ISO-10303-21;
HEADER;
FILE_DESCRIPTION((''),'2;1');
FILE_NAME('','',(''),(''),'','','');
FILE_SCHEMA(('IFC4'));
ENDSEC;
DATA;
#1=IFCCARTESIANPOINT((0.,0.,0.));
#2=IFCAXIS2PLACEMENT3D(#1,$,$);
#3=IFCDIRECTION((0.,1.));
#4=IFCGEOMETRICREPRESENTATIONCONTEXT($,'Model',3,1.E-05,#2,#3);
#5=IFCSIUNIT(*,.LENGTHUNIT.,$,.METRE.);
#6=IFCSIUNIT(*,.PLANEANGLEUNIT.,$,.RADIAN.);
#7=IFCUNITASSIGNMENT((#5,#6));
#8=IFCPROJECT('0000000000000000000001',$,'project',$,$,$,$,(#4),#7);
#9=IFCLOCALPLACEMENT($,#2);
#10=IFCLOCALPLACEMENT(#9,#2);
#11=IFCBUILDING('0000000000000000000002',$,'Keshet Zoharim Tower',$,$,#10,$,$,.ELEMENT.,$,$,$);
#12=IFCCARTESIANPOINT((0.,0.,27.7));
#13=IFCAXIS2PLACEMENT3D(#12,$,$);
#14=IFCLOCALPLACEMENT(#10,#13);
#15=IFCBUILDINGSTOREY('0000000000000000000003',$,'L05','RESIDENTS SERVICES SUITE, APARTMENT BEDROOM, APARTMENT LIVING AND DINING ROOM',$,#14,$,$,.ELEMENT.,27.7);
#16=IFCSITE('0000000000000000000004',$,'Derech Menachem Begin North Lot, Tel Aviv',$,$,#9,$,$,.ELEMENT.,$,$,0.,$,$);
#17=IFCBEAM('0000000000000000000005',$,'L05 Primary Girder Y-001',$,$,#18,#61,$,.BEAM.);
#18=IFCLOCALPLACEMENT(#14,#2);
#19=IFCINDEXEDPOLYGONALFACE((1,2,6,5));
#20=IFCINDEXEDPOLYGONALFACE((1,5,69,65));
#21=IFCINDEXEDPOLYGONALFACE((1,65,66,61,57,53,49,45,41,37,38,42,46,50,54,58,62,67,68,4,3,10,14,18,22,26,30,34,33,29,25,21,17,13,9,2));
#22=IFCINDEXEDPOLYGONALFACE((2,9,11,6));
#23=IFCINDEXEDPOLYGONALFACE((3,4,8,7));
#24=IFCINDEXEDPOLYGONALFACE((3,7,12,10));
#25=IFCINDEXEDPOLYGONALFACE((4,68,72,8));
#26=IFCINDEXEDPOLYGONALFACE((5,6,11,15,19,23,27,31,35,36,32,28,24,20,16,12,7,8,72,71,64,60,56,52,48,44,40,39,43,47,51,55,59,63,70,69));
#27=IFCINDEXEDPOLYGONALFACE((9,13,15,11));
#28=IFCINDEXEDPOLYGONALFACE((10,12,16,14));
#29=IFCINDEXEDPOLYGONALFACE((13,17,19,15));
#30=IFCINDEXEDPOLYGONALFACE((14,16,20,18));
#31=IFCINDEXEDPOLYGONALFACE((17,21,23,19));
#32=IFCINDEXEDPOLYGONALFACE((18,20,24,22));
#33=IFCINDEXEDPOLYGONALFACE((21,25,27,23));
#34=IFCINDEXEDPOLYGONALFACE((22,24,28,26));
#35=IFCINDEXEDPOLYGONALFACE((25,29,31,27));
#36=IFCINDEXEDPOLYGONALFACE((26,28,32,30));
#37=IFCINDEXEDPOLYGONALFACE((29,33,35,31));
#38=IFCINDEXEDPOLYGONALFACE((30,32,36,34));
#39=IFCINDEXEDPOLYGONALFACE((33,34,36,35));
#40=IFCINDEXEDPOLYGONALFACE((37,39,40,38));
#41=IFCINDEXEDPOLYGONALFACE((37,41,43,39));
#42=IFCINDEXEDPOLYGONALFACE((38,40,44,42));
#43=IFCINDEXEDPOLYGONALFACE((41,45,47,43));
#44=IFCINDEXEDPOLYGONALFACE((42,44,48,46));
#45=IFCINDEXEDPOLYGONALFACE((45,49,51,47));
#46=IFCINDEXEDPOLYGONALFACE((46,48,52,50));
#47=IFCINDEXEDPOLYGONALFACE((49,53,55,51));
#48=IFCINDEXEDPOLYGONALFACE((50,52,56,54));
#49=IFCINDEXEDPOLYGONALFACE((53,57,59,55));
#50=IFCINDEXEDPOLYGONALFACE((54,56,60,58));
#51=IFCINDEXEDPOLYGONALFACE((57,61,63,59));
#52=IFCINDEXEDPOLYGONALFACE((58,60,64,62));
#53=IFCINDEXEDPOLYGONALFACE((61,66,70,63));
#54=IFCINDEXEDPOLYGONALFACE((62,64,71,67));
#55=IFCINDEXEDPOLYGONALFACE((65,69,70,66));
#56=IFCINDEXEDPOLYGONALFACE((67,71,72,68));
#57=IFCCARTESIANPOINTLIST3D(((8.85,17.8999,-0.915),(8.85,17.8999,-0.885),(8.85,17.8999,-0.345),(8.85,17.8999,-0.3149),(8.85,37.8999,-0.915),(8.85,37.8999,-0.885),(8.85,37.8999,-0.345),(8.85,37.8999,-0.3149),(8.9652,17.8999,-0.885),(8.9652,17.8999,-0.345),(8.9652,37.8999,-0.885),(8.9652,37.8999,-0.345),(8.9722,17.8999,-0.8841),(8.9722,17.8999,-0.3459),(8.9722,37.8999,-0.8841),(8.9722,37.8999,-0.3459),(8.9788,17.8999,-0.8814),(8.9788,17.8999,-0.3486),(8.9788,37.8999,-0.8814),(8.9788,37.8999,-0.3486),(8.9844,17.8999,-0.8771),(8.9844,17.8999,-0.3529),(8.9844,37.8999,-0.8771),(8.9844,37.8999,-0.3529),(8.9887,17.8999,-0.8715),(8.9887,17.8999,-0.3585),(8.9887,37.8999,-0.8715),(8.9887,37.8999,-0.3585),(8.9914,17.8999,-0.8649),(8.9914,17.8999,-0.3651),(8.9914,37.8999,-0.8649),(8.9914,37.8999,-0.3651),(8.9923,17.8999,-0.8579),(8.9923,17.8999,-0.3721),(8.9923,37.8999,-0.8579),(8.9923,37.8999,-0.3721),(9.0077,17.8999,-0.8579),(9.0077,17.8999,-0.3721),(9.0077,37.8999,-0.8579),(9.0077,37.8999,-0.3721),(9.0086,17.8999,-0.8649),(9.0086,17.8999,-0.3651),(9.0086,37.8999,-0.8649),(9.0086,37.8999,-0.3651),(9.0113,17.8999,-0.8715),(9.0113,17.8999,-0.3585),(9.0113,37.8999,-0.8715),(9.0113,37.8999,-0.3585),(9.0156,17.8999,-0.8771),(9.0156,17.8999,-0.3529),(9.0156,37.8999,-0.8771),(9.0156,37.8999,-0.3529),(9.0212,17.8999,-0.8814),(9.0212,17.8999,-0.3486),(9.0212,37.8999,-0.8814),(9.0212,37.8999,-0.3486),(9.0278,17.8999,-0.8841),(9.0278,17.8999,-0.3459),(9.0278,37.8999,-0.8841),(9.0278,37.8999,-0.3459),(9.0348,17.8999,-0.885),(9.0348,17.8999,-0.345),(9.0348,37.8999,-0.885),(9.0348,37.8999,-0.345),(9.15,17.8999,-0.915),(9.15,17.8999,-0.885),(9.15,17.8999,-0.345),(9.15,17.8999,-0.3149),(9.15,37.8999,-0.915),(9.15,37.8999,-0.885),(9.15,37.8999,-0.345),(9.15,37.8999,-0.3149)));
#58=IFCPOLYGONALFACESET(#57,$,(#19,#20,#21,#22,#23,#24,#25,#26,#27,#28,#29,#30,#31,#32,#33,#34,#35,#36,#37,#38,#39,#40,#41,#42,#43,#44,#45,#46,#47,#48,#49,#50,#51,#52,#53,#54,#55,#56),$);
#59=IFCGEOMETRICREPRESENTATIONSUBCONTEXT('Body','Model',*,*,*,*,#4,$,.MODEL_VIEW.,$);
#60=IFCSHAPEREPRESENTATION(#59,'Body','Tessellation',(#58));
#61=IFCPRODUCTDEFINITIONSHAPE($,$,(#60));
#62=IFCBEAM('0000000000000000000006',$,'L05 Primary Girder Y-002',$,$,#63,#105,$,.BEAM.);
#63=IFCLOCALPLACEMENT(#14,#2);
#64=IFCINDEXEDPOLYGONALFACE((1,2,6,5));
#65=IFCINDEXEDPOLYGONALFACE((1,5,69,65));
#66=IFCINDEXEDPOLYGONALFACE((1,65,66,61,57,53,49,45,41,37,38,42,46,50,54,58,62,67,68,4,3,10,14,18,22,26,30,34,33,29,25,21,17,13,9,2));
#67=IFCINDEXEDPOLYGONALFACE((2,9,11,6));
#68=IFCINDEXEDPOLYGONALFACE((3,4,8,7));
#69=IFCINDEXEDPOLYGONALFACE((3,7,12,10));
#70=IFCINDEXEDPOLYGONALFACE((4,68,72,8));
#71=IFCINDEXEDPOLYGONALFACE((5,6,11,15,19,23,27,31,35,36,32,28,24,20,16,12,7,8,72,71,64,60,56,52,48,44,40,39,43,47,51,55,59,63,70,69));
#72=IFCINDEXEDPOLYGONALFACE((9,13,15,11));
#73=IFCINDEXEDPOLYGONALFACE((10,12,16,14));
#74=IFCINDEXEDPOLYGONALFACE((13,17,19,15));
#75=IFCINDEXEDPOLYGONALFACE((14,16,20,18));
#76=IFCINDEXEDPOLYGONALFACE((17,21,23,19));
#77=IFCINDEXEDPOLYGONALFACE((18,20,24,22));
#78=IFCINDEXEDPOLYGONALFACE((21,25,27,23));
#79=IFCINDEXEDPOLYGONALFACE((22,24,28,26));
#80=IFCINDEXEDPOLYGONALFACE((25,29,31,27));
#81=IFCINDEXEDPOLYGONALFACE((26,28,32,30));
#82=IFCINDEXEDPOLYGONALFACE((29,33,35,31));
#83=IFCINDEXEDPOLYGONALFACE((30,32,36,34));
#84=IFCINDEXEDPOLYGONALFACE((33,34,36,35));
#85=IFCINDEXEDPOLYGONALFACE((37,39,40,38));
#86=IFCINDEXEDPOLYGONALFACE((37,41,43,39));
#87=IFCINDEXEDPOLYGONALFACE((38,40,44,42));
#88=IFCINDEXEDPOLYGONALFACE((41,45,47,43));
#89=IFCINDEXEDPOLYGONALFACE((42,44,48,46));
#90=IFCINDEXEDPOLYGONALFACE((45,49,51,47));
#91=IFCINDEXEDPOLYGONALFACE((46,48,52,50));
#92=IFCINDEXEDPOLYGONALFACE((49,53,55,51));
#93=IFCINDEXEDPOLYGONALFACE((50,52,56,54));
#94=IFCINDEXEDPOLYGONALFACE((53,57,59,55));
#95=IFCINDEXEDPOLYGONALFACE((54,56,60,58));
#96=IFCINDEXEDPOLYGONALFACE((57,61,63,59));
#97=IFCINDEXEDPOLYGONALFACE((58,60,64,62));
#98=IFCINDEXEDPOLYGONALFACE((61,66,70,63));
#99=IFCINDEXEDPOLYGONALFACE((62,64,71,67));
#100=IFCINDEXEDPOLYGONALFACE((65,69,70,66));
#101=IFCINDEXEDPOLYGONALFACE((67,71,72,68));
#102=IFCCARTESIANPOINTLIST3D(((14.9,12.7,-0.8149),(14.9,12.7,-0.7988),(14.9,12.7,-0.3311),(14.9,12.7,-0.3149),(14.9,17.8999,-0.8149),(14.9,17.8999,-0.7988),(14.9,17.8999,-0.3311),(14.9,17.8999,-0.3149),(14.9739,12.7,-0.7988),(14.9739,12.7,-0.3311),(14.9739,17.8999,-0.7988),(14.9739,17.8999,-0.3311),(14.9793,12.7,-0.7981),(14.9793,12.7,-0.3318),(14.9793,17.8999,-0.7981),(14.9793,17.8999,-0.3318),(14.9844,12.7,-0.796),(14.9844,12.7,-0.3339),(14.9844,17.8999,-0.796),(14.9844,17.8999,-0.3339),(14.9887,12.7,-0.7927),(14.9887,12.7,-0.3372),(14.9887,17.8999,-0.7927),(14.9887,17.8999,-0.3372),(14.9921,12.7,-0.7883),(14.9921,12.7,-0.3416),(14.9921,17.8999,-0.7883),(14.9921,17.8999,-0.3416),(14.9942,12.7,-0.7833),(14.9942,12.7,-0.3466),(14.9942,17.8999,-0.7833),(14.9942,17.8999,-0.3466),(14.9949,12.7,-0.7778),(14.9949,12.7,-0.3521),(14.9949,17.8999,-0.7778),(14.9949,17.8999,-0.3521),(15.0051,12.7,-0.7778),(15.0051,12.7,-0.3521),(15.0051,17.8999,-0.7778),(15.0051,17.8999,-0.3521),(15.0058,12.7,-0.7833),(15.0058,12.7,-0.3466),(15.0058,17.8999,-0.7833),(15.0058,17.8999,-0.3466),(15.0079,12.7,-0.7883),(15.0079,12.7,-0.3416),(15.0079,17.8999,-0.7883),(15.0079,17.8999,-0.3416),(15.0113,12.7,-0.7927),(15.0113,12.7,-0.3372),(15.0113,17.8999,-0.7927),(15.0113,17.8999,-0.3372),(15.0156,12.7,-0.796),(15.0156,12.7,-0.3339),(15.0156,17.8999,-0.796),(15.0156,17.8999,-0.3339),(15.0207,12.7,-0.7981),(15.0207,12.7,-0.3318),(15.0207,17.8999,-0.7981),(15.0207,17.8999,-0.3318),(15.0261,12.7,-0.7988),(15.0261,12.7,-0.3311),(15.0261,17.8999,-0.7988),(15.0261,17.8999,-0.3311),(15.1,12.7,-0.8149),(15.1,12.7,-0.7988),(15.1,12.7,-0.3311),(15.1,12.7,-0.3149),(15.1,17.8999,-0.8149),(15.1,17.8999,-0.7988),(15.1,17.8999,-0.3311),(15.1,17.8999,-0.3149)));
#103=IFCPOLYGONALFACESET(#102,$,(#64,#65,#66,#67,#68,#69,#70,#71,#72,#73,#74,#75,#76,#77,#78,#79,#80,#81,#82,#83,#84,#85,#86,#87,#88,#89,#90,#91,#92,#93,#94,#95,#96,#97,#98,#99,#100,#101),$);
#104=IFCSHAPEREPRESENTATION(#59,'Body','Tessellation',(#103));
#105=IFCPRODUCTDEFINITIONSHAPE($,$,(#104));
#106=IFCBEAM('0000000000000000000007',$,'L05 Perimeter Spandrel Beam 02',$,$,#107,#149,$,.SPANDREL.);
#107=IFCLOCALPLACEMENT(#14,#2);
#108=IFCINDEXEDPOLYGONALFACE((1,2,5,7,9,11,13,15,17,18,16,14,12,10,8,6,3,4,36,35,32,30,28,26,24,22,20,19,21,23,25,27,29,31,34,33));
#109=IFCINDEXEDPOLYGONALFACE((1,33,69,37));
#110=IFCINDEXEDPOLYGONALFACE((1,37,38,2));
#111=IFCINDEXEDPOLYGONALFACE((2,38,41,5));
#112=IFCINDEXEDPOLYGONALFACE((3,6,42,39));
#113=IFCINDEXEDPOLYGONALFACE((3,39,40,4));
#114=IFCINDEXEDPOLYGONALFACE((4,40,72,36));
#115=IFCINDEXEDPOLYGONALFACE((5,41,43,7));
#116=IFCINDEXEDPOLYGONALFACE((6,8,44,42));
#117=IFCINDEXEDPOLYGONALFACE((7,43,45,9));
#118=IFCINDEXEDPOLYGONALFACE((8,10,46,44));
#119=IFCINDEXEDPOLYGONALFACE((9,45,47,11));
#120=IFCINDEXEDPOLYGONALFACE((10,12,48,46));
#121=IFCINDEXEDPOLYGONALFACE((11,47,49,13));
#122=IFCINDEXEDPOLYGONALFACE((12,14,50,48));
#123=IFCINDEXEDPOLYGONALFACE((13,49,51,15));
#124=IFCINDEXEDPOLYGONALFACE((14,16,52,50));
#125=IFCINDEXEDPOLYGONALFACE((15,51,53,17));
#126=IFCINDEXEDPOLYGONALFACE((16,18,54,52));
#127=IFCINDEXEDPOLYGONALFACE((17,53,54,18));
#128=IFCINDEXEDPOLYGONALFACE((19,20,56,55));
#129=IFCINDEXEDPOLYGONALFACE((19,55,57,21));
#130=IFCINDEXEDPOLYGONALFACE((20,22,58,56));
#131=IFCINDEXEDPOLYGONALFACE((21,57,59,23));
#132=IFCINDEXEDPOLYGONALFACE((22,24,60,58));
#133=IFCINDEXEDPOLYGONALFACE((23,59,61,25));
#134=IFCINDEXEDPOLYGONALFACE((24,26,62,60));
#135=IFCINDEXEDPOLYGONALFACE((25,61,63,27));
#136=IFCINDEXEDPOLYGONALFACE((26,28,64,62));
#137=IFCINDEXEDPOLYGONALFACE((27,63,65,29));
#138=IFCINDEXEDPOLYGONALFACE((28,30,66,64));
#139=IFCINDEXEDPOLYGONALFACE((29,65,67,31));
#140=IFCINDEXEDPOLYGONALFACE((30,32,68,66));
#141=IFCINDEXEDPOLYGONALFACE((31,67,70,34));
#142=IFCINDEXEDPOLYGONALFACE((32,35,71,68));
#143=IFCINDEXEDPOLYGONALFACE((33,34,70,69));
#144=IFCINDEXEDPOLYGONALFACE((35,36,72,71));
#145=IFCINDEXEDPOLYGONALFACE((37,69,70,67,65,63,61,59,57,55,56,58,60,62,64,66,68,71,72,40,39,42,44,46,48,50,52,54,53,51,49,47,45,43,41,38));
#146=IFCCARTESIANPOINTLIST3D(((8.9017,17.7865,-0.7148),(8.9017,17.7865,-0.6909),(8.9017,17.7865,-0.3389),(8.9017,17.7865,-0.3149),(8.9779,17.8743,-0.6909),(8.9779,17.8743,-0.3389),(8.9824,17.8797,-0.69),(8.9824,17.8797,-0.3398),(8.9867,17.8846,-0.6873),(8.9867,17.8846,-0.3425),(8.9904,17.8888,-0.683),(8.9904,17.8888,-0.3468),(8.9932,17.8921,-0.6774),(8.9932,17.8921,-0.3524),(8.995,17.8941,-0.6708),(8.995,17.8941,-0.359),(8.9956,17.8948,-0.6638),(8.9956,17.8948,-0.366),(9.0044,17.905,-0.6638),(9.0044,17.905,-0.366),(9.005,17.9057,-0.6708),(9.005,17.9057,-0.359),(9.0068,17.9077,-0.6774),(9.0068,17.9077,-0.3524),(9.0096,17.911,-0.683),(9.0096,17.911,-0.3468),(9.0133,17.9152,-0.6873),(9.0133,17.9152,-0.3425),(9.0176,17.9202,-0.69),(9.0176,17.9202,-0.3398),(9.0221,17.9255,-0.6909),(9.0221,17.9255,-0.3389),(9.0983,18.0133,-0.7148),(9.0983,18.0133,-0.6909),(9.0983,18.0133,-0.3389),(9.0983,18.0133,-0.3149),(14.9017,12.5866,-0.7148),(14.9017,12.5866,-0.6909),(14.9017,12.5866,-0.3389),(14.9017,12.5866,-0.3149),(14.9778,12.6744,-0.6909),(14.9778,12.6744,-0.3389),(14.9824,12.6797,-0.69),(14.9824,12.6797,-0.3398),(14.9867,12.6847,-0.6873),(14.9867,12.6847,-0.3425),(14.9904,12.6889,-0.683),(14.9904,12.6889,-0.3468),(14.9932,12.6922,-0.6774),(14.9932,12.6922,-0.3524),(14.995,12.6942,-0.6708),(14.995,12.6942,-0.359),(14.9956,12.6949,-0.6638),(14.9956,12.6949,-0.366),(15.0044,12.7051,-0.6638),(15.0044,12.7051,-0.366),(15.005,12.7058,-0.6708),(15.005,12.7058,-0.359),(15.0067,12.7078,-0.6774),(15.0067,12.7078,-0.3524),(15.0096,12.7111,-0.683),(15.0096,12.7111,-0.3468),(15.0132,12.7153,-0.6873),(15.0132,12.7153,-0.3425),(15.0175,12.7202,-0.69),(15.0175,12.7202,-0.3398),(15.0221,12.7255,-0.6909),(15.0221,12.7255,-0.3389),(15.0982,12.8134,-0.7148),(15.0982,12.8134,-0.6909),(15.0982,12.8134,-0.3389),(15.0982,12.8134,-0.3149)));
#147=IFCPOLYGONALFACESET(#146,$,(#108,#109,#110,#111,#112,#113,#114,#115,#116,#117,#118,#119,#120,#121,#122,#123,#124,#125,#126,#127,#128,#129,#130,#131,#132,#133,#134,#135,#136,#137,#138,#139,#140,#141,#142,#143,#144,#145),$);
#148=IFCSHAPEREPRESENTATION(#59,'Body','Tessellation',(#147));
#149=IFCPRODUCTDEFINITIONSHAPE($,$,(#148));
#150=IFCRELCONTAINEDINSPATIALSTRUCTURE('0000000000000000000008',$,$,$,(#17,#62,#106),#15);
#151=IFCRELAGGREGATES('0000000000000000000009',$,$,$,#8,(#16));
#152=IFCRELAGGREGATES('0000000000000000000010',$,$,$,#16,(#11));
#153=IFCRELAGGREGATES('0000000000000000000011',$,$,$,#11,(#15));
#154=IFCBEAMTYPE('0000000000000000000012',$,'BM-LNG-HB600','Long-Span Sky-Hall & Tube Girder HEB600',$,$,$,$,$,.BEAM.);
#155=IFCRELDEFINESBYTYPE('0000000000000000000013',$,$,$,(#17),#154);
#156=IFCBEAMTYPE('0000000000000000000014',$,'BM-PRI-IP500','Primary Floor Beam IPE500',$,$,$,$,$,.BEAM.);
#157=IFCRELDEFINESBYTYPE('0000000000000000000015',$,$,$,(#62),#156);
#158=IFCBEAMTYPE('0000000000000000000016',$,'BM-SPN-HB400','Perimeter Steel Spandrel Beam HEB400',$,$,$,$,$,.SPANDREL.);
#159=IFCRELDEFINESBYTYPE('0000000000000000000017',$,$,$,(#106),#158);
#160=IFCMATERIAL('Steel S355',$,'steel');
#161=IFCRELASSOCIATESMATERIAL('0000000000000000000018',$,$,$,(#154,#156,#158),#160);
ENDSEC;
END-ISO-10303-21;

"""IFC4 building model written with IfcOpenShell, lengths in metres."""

from ifc_helpers import new_model, si_unit, direction, frame, origin, origin_2d, place, context, subcontext, project, spatial, i_section, extrude, material, material_profile, profile_set, type_object, element, save


model = new_model("IFC4")

# Units and contexts
model_context = context("Model", 3, precision=1e-05, world=origin(), true_north=direction((0.0, 1.0)))
body_context = subcontext(model_context, "Body", "Model", "MODEL_VIEW")
ifc_project = project(units=[si_unit("LENGTHUNIT", "METRE"), si_unit("PLANEANGLEUNIT", "RADIAN")], contexts=[model_context])

# Site, building, storey
site_placement = place(None, origin())
site = spatial("IfcSite", under=ifc_project, at=site_placement, Name="Derech Menachem Begin North Lot, Tel Aviv", CompositionType="ELEMENT", RefElevation=0.0)
building_placement = place(site_placement, origin())
building = spatial("IfcBuilding", under=site, at=building_placement, Name="Keshet Zoharim Tower", CompositionType="ELEMENT")
storey_placement = place(building_placement, frame((0.0, 0.0, 27.7)))
storey = spatial("IfcBuildingStorey", under=building, at=storey_placement, Name="L05", Description="RESIDENTS SERVICES SUITE, APARTMENT BEDROOM, APARTMENT LIVING AND DINING ROOM", CompositionType="ELEMENT", Elevation=27.7)

# Shared definitions
ifc_material_1 = material(Name="Steel S355", Category="steel")

# Beams
ifc_material_profile_1 = material_profile(ifc_material_1, i_section(OverallWidth=0.3, OverallDepth=0.6001, WebThickness=0.0154, FlangeThickness=0.03, FilletRadius=0.0271, at=origin_2d()), Name="HEB600")
ifc_profile_set_1 = profile_set([ifc_material_profile_1], Name="Steel S355")
beam_type_1 = type_object("IfcBeamType", Name="BM-LNG-HB600", Description="Long-Span Sky-Hall & Tube Girder HEB600", PredefinedType="BEAM", material=ifc_profile_set_1)
beam_1_placement = place(storey_placement, frame((9.0, 17.8999, -0.615), z_axis=(0.0, 1.0, 0.0), x_axis=(-1.0, 0.0, 0.0)))
element("IfcBeam", 1, at=beam_1_placement, inside=storey, type_object=beam_type_1, Name="L05 Primary Girder Y-001", PredefinedType="BEAM", context=body_context, shape_type="SweptSolid", body=[
    extrude(i_section(OverallWidth=0.3, OverallDepth=0.6001, WebThickness=0.0154, FlangeThickness=0.03, FilletRadius=0.0271, at=origin_2d()), origin(), (0.0, 0.0, 1.0), 20.0),
])
ifc_material_profile_2 = material_profile(ifc_material_1, i_section(OverallWidth=0.2, OverallDepth=0.5, WebThickness=0.0103, FlangeThickness=0.0161, FilletRadius=0.021, at=origin_2d()), Name="IPE500")
ifc_profile_set_2 = profile_set([ifc_material_profile_2], Name="Steel S355")
beam_type_2 = type_object("IfcBeamType", Name="BM-PRI-IP500", Description="Primary Floor Beam IPE500", PredefinedType="BEAM", material=ifc_profile_set_2)
beam_2_placement = place(storey_placement, frame((15.0, 12.7, -0.5649), z_axis=(0.0, 1.0, 0.0), x_axis=(-1.0, 0.0, 0.0)))
element("IfcBeam", 2, at=beam_2_placement, inside=storey, type_object=beam_type_2, Name="L05 Primary Girder Y-002", PredefinedType="BEAM", context=body_context, shape_type="SweptSolid", body=[
    extrude(i_section(OverallWidth=0.2, OverallDepth=0.5, WebThickness=0.0103, FlangeThickness=0.0161, FilletRadius=0.021, at=origin_2d()), origin(), (0.0, 0.0, 1.0), 5.2),
])
ifc_material_profile_3 = material_profile(ifc_material_1, i_section(OverallWidth=0.3, OverallDepth=0.3999, WebThickness=0.0134, FlangeThickness=0.0239, FilletRadius=0.0271, at=origin_2d()), Name="HEB400")
ifc_profile_set_3 = profile_set([ifc_material_profile_3], Name="Steel S355")
beam_type_3 = type_object("IfcBeamType", Name="BM-SPN-HB400", Description="Perimeter Steel Spandrel Beam HEB400", PredefinedType="SPANDREL", material=ifc_profile_set_3)
beam_3_placement = place(storey_placement, frame((9.0, 17.8999, -0.5149), z_axis=(0.755692, -0.654927, 0.0), x_axis=(0.654927, 0.755692, 0.0)))
element("IfcBeam", 3, at=beam_3_placement, inside=storey, type_object=beam_type_3, Name="L05 Perimeter Spandrel Beam 02", PredefinedType="SPANDREL", context=body_context, shape_type="SweptSolid", body=[
    extrude(i_section(OverallWidth=0.3, OverallDepth=0.3999, WebThickness=0.0134, FlangeThickness=0.0239, FilletRadius=0.0271, at=origin_2d()), origin(), (0.0, 0.0, 1.0), 7.9397),
])

save(model, "model.ifc")
